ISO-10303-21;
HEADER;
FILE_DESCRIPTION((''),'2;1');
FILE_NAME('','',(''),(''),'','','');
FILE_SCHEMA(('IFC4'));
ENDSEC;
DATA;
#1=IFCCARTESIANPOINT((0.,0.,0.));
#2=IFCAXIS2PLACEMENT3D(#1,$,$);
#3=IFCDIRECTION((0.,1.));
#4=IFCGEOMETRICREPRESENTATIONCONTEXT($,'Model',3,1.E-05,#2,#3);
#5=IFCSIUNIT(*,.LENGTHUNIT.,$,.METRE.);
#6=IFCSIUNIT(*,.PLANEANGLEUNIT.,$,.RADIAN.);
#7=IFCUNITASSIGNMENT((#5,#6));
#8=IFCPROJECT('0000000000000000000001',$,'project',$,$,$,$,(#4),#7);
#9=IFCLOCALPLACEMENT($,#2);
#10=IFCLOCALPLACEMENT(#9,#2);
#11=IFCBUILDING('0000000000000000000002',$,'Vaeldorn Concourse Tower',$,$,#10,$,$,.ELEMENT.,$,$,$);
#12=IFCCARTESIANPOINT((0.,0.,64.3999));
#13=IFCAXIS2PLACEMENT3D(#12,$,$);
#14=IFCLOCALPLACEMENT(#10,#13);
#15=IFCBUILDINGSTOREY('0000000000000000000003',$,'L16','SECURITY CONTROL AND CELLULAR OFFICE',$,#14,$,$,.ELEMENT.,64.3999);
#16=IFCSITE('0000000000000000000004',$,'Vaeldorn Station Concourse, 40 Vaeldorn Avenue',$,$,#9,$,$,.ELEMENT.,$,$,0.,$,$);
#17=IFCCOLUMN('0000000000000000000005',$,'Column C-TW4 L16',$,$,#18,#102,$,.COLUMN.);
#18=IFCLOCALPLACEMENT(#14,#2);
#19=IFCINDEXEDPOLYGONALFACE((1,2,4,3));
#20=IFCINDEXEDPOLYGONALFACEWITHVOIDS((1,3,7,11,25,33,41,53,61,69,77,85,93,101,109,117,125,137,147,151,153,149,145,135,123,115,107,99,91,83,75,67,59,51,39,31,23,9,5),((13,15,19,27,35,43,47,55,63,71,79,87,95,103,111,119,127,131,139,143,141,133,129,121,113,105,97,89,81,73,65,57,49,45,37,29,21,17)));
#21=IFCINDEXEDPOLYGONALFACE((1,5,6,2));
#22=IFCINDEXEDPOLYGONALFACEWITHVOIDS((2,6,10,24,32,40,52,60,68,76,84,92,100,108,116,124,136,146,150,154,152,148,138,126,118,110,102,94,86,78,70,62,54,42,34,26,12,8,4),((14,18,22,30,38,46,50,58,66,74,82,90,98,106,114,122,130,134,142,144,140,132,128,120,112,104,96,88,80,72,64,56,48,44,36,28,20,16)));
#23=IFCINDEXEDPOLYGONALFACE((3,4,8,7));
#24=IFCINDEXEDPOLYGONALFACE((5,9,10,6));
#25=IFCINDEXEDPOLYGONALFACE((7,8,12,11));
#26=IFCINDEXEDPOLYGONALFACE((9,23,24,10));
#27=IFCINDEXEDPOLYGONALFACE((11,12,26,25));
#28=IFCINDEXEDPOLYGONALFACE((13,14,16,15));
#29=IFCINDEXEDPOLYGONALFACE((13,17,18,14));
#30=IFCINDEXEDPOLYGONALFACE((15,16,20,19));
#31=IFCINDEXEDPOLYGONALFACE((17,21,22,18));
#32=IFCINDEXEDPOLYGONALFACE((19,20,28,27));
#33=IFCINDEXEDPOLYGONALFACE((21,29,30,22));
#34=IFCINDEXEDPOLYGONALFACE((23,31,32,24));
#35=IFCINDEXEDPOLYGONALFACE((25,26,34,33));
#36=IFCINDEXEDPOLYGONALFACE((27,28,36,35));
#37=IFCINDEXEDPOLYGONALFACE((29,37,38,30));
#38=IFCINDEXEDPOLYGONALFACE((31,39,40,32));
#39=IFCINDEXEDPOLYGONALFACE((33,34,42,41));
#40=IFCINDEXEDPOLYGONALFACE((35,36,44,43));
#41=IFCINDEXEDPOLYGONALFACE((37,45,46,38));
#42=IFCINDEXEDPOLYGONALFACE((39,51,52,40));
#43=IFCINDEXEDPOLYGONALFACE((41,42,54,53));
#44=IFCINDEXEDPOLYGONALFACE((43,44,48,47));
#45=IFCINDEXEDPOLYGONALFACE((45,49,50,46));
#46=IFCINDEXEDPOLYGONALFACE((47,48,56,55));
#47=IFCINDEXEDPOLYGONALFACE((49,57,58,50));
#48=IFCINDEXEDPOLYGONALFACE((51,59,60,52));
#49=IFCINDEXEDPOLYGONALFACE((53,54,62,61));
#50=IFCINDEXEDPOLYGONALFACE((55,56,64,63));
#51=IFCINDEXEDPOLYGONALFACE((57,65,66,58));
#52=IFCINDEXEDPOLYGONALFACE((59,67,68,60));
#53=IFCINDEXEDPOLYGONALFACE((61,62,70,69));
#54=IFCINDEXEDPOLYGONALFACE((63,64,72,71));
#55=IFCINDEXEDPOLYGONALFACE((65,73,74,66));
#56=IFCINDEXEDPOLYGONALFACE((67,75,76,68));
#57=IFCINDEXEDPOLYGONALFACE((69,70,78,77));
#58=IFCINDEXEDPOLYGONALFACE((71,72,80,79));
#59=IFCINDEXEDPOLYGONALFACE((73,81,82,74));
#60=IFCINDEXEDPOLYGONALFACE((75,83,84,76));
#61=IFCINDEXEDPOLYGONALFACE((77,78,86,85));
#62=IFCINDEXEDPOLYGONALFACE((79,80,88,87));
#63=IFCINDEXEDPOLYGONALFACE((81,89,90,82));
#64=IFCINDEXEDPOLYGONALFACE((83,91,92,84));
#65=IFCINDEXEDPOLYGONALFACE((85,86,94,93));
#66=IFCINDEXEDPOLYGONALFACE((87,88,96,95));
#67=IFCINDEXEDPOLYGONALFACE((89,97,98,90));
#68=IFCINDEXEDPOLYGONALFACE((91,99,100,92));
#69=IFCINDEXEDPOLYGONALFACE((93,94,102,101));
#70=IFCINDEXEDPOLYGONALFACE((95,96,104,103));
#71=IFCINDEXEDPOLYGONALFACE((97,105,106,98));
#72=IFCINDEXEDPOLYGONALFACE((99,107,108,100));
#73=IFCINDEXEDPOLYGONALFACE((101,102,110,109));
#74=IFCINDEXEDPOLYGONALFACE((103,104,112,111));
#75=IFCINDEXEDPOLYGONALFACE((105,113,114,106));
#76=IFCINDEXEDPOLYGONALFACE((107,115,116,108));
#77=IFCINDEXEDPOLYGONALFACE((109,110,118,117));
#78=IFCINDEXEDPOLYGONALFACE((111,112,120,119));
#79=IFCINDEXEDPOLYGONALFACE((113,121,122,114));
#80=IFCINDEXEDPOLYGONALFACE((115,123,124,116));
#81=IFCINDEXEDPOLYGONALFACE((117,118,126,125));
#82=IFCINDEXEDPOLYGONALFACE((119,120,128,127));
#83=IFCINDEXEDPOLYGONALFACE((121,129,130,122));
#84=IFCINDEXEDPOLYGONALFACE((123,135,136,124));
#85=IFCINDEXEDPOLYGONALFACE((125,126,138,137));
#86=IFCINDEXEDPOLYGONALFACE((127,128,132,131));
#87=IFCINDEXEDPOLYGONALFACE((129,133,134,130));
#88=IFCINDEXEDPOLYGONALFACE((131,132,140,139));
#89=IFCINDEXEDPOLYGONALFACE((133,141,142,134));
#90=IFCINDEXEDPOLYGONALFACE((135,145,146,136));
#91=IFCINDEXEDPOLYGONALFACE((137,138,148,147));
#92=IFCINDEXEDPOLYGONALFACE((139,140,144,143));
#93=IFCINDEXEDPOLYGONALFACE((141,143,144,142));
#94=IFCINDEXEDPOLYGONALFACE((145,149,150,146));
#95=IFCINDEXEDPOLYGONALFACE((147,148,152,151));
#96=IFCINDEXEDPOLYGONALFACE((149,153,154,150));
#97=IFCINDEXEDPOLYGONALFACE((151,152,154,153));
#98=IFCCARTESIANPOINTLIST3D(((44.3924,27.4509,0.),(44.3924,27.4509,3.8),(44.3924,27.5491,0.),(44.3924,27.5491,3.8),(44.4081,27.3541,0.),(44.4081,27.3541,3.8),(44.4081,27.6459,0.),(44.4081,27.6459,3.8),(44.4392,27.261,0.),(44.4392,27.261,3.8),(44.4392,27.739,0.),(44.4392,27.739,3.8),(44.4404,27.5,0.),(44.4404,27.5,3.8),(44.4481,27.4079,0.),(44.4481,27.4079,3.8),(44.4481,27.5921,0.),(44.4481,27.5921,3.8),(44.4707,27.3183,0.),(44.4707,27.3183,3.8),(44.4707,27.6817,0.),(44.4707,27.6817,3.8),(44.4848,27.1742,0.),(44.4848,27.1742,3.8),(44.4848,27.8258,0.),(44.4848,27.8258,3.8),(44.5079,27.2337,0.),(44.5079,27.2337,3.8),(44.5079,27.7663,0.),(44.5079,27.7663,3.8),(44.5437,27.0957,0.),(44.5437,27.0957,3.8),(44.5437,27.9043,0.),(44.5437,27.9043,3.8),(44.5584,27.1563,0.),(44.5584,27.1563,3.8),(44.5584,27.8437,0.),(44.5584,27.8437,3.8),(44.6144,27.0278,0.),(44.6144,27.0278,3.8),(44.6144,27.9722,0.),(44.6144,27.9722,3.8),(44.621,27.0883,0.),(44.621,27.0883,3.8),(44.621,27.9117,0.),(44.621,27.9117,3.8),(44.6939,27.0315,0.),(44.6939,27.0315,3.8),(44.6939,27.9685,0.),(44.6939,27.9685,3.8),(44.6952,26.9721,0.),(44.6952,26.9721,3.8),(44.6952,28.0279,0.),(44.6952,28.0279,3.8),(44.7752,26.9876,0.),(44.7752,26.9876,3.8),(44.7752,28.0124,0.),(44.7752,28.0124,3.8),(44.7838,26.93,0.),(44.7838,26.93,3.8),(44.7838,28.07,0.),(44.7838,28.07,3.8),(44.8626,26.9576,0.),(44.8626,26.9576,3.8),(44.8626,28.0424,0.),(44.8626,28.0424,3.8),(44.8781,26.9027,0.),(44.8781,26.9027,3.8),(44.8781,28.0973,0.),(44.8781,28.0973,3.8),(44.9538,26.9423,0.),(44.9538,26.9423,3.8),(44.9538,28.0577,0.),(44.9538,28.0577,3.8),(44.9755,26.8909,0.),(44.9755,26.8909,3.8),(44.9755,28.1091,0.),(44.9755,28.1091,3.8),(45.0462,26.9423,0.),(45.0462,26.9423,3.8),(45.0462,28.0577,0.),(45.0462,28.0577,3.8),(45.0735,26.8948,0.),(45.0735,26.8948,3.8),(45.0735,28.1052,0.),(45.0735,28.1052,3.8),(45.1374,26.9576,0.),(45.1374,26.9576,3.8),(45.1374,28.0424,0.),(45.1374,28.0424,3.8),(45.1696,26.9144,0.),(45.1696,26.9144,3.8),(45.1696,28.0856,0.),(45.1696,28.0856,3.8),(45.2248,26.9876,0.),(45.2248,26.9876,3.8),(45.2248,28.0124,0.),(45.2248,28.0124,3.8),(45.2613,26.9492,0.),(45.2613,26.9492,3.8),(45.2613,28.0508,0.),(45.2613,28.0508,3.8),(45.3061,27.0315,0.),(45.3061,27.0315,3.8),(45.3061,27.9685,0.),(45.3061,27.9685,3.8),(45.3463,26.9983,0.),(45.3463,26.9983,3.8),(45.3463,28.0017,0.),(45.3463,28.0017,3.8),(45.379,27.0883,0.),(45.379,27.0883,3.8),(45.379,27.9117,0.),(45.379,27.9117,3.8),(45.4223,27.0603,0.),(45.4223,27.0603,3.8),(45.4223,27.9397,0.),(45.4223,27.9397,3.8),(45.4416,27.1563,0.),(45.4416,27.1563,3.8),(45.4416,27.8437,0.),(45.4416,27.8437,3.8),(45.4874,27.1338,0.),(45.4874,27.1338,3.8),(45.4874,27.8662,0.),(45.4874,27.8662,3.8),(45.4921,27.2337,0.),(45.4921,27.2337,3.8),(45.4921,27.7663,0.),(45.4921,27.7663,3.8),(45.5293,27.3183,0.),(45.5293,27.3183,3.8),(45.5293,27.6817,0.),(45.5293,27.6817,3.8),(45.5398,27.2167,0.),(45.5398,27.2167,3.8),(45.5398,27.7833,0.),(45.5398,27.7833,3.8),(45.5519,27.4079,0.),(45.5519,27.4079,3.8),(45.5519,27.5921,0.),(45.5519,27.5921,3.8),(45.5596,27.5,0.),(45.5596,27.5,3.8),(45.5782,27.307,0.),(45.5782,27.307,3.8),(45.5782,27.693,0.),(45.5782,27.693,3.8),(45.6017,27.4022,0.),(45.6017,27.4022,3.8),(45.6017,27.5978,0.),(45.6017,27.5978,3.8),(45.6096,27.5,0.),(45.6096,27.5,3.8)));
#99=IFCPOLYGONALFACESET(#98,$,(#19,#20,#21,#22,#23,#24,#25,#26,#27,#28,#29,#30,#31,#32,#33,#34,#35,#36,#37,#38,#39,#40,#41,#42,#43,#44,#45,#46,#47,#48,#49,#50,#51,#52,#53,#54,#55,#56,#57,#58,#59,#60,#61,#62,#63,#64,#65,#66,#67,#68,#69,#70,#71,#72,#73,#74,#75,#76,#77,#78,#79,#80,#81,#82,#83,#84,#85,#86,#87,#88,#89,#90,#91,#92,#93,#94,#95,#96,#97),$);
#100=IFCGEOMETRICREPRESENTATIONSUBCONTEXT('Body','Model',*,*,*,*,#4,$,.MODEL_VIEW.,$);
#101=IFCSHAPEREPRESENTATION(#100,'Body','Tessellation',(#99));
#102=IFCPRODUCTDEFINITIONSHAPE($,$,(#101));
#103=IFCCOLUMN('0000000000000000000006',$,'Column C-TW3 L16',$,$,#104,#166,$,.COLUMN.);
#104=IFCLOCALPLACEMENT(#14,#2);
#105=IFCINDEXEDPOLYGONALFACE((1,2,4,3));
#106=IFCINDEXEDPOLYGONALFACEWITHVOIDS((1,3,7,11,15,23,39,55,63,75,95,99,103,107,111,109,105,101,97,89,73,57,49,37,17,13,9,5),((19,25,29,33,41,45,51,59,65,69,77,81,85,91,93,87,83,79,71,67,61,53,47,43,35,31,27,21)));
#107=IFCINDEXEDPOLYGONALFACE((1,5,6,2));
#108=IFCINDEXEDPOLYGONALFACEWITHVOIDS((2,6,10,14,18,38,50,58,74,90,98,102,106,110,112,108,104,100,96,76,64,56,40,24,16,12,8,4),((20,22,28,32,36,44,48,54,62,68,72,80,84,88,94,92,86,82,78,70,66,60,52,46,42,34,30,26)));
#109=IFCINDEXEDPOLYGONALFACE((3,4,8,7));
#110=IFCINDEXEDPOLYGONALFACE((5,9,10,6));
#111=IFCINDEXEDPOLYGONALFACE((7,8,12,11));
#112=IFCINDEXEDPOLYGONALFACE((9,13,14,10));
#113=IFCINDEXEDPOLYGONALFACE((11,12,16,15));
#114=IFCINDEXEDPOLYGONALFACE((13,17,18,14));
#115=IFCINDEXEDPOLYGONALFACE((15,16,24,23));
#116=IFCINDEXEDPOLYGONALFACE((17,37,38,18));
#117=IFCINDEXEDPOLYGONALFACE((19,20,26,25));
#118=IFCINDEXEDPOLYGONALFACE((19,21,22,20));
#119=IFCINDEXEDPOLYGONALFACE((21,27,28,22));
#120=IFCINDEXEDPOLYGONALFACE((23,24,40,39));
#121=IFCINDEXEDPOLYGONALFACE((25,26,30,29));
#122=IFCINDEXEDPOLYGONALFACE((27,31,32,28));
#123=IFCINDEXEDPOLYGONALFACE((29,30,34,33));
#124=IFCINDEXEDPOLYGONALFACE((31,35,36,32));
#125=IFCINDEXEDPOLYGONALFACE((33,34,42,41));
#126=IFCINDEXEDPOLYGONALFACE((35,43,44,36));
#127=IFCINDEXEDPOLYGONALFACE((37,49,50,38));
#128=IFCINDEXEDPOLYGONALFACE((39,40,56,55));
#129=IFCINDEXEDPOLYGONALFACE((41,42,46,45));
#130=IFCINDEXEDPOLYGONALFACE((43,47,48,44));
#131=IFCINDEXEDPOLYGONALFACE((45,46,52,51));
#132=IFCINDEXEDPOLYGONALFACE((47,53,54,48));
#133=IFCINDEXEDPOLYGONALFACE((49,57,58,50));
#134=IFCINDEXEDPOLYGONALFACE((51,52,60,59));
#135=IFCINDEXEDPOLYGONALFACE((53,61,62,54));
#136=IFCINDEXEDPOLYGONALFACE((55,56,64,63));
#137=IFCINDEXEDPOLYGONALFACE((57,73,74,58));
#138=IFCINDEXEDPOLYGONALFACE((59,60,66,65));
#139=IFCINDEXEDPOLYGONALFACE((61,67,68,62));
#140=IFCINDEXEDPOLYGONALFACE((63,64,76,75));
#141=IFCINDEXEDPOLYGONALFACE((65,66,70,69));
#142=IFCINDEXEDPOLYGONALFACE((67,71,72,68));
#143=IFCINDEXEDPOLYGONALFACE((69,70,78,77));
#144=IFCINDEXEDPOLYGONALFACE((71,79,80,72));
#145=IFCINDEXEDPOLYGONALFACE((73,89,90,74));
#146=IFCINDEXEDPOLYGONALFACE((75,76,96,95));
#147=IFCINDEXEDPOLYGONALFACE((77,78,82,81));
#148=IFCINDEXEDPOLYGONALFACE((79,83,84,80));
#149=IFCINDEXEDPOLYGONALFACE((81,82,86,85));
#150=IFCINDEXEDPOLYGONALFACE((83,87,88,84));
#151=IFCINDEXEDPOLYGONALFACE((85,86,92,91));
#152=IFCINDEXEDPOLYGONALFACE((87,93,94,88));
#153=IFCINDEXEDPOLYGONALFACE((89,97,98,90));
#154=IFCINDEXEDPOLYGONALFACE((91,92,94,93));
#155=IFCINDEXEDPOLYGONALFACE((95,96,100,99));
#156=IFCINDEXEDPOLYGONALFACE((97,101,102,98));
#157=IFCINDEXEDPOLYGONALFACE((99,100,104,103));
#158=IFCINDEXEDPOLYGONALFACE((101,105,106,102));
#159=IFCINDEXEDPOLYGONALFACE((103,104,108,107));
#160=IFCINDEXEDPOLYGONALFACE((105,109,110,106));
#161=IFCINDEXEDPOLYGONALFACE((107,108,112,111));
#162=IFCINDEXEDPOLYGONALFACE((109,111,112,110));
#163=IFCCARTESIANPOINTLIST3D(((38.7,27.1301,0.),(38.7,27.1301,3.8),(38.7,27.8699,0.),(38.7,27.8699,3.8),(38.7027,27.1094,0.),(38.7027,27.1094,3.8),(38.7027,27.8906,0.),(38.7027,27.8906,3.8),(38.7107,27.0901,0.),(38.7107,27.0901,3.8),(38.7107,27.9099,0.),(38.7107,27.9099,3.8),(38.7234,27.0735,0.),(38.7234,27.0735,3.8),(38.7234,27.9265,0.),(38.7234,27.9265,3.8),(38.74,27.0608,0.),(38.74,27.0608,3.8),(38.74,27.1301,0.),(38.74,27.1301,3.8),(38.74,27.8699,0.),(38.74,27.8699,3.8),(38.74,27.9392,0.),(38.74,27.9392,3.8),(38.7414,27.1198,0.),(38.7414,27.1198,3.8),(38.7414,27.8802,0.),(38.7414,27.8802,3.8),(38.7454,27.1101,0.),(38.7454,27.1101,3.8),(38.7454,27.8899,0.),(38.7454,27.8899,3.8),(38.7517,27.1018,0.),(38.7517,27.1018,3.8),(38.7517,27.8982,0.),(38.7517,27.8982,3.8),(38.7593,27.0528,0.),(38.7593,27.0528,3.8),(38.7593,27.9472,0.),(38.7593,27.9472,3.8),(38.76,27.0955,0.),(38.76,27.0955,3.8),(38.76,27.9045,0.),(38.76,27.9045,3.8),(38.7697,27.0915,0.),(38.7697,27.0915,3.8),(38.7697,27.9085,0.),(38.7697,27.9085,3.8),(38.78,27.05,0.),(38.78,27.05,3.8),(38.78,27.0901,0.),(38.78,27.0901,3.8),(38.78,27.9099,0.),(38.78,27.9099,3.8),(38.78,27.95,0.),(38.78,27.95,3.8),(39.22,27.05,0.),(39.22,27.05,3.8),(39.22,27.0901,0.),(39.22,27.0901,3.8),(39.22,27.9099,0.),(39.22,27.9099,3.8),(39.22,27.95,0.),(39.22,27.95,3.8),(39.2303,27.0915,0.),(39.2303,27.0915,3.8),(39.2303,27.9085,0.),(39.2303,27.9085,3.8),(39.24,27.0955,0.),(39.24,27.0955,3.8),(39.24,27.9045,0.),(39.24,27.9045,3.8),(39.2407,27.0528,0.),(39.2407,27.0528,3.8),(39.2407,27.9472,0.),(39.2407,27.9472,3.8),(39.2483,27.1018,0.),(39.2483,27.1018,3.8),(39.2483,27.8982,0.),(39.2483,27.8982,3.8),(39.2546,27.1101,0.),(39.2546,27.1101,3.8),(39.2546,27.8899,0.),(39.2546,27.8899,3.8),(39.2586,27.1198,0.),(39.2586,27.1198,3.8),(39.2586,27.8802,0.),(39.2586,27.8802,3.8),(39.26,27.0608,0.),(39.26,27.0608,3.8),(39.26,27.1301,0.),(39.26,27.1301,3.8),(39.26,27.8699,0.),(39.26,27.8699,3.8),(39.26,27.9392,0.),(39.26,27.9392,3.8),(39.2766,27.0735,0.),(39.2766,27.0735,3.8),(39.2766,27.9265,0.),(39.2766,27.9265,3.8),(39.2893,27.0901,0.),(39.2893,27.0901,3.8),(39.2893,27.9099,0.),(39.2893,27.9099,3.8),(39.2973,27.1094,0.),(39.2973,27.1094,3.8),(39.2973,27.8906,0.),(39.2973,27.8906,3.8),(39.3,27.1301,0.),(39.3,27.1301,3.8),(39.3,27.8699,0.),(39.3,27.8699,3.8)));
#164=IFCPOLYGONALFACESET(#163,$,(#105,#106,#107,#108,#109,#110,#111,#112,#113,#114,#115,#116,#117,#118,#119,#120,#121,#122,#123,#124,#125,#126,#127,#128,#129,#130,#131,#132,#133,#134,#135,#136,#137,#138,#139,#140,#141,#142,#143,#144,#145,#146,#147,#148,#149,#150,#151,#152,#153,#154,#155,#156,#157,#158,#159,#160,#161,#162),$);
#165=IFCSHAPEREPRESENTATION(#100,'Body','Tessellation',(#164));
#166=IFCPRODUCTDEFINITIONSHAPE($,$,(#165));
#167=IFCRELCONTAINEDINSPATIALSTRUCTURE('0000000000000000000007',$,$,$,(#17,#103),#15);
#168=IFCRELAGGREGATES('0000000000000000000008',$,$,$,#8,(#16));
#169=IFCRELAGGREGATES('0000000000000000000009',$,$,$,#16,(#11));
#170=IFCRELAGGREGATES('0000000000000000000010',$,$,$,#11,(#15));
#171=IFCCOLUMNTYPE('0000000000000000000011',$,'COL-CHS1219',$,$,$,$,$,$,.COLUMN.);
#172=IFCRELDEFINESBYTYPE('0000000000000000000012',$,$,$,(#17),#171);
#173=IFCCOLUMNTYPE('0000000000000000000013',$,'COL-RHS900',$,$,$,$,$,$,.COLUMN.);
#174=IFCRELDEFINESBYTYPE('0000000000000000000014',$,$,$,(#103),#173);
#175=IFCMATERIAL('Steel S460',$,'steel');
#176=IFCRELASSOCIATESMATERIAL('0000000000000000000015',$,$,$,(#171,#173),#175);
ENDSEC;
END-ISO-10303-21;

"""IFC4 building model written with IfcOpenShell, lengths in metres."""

from ifc_helpers import new_model, si_unit, direction, frame, origin, origin_2d, place, context, subcontext, project, spatial, hollow_rectangle, hollow_circle, extrude, source, transform, mapped, material, material_profile, profile_set, type_object, element, save


model = new_model("IFC4")

# Units and contexts
model_context = context("Model", 3, precision=1e-05, world=origin(), true_north=direction((0.0, 1.0)))
body_context = subcontext(model_context, "Body", "Model", "MODEL_VIEW")
ifc_project = project(units=[si_unit("LENGTHUNIT", "METRE"), si_unit("PLANEANGLEUNIT", "RADIAN")], contexts=[model_context])

# Site, building, storey
site_placement = place(None, origin())
site = spatial("IfcSite", under=ifc_project, at=site_placement, Name="Vaeldorn Station Concourse, 40 Vaeldorn Avenue", CompositionType="ELEMENT", RefElevation=0.0)
building_placement = place(site_placement, origin())
building = spatial("IfcBuilding", under=site, at=building_placement, Name="Vaeldorn Concourse Tower", CompositionType="ELEMENT")
storey_placement = place(building_placement, frame((0.0, 0.0, 64.3999)))
storey = spatial("IfcBuildingStorey", under=building, at=storey_placement, Name="L16", Description="SECURITY CONTROL AND CELLULAR OFFICE", CompositionType="ELEMENT", Elevation=64.3999)

# Columns
ifc_material_1 = material(Name="Steel S460", Category="steel")
ifc_material_profile_1 = material_profile(ifc_material_1, hollow_circle(Radius=0.6096, WallThickness=0.05, at=origin_2d()), Name="CHS 1219x50")
ifc_profile_set_1 = profile_set([ifc_material_profile_1], Name="Steel S460")
column_type_1 = type_object("IfcColumnType", Name="COL-CHS1219", PredefinedType="COLUMN", material=ifc_profile_set_1)
shared_shape_1 = source(origin(), body_context, "Body", "SweptSolid", [
    extrude(hollow_circle(Radius=0.6096, WallThickness=0.05, at=origin_2d()), origin(), (0.0, 0.0, 1.0), 3.8),
])
column_placement = place(storey_placement, frame((45.0, 27.5, 0.0), z_axis=(0.0, 0.0, 1.0), x_axis=(1.0, 0.0, 0.0)))
element("IfcColumn", 1, at=column_placement, inside=storey, type_object=column_type_1, Name="Column C-TW4 L16", PredefinedType="COLUMN", context=body_context, shape_type="MappedRepresentation", body=[
    mapped(shared_shape_1, transform((0.0, 0.0, 0.0), scale=1.0)),
])
ifc_material_profile_2 = material_profile(ifc_material_1, hollow_rectangle(XDim=0.6001, YDim=0.8999, WallThickness=0.04, InnerFilletRadius=0.04, OuterFilletRadius=0.0801, at=origin_2d()), Name="RHS 900x600x40")
ifc_profile_set_2 = profile_set([ifc_material_profile_2], Name="Steel S460")
column_type_2 = type_object("IfcColumnType", Name="COL-RHS900", PredefinedType="COLUMN", material=ifc_profile_set_2)
shared_shape_2 = source(origin(), body_context, "Body", "SweptSolid", [
    extrude(hollow_rectangle(XDim=0.6001, YDim=0.8999, WallThickness=0.04, InnerFilletRadius=0.04, OuterFilletRadius=0.0801, at=origin_2d()), origin(), (0.0, 0.0, 1.0), 3.8),
])
for number, where, z_axis, x_axis, name in (
    (2, (39.0, 27.5, 0.0), (0.0, 0.0, 1.0), (1.0, 0.0, 0.0), "Column C-TW3 L16"),
):
    element("IfcColumn", number, at=place(storey_placement, frame(where, z_axis=z_axis, x_axis=x_axis)), inside=storey, type_object=column_type_2, Name=name, PredefinedType="COLUMN", context=body_context, shape_type="MappedRepresentation", body=[
        mapped(shared_shape_2, transform((0.0, 0.0, 0.0), scale=1.0)),
    ])

save(model, "model.ifc")
